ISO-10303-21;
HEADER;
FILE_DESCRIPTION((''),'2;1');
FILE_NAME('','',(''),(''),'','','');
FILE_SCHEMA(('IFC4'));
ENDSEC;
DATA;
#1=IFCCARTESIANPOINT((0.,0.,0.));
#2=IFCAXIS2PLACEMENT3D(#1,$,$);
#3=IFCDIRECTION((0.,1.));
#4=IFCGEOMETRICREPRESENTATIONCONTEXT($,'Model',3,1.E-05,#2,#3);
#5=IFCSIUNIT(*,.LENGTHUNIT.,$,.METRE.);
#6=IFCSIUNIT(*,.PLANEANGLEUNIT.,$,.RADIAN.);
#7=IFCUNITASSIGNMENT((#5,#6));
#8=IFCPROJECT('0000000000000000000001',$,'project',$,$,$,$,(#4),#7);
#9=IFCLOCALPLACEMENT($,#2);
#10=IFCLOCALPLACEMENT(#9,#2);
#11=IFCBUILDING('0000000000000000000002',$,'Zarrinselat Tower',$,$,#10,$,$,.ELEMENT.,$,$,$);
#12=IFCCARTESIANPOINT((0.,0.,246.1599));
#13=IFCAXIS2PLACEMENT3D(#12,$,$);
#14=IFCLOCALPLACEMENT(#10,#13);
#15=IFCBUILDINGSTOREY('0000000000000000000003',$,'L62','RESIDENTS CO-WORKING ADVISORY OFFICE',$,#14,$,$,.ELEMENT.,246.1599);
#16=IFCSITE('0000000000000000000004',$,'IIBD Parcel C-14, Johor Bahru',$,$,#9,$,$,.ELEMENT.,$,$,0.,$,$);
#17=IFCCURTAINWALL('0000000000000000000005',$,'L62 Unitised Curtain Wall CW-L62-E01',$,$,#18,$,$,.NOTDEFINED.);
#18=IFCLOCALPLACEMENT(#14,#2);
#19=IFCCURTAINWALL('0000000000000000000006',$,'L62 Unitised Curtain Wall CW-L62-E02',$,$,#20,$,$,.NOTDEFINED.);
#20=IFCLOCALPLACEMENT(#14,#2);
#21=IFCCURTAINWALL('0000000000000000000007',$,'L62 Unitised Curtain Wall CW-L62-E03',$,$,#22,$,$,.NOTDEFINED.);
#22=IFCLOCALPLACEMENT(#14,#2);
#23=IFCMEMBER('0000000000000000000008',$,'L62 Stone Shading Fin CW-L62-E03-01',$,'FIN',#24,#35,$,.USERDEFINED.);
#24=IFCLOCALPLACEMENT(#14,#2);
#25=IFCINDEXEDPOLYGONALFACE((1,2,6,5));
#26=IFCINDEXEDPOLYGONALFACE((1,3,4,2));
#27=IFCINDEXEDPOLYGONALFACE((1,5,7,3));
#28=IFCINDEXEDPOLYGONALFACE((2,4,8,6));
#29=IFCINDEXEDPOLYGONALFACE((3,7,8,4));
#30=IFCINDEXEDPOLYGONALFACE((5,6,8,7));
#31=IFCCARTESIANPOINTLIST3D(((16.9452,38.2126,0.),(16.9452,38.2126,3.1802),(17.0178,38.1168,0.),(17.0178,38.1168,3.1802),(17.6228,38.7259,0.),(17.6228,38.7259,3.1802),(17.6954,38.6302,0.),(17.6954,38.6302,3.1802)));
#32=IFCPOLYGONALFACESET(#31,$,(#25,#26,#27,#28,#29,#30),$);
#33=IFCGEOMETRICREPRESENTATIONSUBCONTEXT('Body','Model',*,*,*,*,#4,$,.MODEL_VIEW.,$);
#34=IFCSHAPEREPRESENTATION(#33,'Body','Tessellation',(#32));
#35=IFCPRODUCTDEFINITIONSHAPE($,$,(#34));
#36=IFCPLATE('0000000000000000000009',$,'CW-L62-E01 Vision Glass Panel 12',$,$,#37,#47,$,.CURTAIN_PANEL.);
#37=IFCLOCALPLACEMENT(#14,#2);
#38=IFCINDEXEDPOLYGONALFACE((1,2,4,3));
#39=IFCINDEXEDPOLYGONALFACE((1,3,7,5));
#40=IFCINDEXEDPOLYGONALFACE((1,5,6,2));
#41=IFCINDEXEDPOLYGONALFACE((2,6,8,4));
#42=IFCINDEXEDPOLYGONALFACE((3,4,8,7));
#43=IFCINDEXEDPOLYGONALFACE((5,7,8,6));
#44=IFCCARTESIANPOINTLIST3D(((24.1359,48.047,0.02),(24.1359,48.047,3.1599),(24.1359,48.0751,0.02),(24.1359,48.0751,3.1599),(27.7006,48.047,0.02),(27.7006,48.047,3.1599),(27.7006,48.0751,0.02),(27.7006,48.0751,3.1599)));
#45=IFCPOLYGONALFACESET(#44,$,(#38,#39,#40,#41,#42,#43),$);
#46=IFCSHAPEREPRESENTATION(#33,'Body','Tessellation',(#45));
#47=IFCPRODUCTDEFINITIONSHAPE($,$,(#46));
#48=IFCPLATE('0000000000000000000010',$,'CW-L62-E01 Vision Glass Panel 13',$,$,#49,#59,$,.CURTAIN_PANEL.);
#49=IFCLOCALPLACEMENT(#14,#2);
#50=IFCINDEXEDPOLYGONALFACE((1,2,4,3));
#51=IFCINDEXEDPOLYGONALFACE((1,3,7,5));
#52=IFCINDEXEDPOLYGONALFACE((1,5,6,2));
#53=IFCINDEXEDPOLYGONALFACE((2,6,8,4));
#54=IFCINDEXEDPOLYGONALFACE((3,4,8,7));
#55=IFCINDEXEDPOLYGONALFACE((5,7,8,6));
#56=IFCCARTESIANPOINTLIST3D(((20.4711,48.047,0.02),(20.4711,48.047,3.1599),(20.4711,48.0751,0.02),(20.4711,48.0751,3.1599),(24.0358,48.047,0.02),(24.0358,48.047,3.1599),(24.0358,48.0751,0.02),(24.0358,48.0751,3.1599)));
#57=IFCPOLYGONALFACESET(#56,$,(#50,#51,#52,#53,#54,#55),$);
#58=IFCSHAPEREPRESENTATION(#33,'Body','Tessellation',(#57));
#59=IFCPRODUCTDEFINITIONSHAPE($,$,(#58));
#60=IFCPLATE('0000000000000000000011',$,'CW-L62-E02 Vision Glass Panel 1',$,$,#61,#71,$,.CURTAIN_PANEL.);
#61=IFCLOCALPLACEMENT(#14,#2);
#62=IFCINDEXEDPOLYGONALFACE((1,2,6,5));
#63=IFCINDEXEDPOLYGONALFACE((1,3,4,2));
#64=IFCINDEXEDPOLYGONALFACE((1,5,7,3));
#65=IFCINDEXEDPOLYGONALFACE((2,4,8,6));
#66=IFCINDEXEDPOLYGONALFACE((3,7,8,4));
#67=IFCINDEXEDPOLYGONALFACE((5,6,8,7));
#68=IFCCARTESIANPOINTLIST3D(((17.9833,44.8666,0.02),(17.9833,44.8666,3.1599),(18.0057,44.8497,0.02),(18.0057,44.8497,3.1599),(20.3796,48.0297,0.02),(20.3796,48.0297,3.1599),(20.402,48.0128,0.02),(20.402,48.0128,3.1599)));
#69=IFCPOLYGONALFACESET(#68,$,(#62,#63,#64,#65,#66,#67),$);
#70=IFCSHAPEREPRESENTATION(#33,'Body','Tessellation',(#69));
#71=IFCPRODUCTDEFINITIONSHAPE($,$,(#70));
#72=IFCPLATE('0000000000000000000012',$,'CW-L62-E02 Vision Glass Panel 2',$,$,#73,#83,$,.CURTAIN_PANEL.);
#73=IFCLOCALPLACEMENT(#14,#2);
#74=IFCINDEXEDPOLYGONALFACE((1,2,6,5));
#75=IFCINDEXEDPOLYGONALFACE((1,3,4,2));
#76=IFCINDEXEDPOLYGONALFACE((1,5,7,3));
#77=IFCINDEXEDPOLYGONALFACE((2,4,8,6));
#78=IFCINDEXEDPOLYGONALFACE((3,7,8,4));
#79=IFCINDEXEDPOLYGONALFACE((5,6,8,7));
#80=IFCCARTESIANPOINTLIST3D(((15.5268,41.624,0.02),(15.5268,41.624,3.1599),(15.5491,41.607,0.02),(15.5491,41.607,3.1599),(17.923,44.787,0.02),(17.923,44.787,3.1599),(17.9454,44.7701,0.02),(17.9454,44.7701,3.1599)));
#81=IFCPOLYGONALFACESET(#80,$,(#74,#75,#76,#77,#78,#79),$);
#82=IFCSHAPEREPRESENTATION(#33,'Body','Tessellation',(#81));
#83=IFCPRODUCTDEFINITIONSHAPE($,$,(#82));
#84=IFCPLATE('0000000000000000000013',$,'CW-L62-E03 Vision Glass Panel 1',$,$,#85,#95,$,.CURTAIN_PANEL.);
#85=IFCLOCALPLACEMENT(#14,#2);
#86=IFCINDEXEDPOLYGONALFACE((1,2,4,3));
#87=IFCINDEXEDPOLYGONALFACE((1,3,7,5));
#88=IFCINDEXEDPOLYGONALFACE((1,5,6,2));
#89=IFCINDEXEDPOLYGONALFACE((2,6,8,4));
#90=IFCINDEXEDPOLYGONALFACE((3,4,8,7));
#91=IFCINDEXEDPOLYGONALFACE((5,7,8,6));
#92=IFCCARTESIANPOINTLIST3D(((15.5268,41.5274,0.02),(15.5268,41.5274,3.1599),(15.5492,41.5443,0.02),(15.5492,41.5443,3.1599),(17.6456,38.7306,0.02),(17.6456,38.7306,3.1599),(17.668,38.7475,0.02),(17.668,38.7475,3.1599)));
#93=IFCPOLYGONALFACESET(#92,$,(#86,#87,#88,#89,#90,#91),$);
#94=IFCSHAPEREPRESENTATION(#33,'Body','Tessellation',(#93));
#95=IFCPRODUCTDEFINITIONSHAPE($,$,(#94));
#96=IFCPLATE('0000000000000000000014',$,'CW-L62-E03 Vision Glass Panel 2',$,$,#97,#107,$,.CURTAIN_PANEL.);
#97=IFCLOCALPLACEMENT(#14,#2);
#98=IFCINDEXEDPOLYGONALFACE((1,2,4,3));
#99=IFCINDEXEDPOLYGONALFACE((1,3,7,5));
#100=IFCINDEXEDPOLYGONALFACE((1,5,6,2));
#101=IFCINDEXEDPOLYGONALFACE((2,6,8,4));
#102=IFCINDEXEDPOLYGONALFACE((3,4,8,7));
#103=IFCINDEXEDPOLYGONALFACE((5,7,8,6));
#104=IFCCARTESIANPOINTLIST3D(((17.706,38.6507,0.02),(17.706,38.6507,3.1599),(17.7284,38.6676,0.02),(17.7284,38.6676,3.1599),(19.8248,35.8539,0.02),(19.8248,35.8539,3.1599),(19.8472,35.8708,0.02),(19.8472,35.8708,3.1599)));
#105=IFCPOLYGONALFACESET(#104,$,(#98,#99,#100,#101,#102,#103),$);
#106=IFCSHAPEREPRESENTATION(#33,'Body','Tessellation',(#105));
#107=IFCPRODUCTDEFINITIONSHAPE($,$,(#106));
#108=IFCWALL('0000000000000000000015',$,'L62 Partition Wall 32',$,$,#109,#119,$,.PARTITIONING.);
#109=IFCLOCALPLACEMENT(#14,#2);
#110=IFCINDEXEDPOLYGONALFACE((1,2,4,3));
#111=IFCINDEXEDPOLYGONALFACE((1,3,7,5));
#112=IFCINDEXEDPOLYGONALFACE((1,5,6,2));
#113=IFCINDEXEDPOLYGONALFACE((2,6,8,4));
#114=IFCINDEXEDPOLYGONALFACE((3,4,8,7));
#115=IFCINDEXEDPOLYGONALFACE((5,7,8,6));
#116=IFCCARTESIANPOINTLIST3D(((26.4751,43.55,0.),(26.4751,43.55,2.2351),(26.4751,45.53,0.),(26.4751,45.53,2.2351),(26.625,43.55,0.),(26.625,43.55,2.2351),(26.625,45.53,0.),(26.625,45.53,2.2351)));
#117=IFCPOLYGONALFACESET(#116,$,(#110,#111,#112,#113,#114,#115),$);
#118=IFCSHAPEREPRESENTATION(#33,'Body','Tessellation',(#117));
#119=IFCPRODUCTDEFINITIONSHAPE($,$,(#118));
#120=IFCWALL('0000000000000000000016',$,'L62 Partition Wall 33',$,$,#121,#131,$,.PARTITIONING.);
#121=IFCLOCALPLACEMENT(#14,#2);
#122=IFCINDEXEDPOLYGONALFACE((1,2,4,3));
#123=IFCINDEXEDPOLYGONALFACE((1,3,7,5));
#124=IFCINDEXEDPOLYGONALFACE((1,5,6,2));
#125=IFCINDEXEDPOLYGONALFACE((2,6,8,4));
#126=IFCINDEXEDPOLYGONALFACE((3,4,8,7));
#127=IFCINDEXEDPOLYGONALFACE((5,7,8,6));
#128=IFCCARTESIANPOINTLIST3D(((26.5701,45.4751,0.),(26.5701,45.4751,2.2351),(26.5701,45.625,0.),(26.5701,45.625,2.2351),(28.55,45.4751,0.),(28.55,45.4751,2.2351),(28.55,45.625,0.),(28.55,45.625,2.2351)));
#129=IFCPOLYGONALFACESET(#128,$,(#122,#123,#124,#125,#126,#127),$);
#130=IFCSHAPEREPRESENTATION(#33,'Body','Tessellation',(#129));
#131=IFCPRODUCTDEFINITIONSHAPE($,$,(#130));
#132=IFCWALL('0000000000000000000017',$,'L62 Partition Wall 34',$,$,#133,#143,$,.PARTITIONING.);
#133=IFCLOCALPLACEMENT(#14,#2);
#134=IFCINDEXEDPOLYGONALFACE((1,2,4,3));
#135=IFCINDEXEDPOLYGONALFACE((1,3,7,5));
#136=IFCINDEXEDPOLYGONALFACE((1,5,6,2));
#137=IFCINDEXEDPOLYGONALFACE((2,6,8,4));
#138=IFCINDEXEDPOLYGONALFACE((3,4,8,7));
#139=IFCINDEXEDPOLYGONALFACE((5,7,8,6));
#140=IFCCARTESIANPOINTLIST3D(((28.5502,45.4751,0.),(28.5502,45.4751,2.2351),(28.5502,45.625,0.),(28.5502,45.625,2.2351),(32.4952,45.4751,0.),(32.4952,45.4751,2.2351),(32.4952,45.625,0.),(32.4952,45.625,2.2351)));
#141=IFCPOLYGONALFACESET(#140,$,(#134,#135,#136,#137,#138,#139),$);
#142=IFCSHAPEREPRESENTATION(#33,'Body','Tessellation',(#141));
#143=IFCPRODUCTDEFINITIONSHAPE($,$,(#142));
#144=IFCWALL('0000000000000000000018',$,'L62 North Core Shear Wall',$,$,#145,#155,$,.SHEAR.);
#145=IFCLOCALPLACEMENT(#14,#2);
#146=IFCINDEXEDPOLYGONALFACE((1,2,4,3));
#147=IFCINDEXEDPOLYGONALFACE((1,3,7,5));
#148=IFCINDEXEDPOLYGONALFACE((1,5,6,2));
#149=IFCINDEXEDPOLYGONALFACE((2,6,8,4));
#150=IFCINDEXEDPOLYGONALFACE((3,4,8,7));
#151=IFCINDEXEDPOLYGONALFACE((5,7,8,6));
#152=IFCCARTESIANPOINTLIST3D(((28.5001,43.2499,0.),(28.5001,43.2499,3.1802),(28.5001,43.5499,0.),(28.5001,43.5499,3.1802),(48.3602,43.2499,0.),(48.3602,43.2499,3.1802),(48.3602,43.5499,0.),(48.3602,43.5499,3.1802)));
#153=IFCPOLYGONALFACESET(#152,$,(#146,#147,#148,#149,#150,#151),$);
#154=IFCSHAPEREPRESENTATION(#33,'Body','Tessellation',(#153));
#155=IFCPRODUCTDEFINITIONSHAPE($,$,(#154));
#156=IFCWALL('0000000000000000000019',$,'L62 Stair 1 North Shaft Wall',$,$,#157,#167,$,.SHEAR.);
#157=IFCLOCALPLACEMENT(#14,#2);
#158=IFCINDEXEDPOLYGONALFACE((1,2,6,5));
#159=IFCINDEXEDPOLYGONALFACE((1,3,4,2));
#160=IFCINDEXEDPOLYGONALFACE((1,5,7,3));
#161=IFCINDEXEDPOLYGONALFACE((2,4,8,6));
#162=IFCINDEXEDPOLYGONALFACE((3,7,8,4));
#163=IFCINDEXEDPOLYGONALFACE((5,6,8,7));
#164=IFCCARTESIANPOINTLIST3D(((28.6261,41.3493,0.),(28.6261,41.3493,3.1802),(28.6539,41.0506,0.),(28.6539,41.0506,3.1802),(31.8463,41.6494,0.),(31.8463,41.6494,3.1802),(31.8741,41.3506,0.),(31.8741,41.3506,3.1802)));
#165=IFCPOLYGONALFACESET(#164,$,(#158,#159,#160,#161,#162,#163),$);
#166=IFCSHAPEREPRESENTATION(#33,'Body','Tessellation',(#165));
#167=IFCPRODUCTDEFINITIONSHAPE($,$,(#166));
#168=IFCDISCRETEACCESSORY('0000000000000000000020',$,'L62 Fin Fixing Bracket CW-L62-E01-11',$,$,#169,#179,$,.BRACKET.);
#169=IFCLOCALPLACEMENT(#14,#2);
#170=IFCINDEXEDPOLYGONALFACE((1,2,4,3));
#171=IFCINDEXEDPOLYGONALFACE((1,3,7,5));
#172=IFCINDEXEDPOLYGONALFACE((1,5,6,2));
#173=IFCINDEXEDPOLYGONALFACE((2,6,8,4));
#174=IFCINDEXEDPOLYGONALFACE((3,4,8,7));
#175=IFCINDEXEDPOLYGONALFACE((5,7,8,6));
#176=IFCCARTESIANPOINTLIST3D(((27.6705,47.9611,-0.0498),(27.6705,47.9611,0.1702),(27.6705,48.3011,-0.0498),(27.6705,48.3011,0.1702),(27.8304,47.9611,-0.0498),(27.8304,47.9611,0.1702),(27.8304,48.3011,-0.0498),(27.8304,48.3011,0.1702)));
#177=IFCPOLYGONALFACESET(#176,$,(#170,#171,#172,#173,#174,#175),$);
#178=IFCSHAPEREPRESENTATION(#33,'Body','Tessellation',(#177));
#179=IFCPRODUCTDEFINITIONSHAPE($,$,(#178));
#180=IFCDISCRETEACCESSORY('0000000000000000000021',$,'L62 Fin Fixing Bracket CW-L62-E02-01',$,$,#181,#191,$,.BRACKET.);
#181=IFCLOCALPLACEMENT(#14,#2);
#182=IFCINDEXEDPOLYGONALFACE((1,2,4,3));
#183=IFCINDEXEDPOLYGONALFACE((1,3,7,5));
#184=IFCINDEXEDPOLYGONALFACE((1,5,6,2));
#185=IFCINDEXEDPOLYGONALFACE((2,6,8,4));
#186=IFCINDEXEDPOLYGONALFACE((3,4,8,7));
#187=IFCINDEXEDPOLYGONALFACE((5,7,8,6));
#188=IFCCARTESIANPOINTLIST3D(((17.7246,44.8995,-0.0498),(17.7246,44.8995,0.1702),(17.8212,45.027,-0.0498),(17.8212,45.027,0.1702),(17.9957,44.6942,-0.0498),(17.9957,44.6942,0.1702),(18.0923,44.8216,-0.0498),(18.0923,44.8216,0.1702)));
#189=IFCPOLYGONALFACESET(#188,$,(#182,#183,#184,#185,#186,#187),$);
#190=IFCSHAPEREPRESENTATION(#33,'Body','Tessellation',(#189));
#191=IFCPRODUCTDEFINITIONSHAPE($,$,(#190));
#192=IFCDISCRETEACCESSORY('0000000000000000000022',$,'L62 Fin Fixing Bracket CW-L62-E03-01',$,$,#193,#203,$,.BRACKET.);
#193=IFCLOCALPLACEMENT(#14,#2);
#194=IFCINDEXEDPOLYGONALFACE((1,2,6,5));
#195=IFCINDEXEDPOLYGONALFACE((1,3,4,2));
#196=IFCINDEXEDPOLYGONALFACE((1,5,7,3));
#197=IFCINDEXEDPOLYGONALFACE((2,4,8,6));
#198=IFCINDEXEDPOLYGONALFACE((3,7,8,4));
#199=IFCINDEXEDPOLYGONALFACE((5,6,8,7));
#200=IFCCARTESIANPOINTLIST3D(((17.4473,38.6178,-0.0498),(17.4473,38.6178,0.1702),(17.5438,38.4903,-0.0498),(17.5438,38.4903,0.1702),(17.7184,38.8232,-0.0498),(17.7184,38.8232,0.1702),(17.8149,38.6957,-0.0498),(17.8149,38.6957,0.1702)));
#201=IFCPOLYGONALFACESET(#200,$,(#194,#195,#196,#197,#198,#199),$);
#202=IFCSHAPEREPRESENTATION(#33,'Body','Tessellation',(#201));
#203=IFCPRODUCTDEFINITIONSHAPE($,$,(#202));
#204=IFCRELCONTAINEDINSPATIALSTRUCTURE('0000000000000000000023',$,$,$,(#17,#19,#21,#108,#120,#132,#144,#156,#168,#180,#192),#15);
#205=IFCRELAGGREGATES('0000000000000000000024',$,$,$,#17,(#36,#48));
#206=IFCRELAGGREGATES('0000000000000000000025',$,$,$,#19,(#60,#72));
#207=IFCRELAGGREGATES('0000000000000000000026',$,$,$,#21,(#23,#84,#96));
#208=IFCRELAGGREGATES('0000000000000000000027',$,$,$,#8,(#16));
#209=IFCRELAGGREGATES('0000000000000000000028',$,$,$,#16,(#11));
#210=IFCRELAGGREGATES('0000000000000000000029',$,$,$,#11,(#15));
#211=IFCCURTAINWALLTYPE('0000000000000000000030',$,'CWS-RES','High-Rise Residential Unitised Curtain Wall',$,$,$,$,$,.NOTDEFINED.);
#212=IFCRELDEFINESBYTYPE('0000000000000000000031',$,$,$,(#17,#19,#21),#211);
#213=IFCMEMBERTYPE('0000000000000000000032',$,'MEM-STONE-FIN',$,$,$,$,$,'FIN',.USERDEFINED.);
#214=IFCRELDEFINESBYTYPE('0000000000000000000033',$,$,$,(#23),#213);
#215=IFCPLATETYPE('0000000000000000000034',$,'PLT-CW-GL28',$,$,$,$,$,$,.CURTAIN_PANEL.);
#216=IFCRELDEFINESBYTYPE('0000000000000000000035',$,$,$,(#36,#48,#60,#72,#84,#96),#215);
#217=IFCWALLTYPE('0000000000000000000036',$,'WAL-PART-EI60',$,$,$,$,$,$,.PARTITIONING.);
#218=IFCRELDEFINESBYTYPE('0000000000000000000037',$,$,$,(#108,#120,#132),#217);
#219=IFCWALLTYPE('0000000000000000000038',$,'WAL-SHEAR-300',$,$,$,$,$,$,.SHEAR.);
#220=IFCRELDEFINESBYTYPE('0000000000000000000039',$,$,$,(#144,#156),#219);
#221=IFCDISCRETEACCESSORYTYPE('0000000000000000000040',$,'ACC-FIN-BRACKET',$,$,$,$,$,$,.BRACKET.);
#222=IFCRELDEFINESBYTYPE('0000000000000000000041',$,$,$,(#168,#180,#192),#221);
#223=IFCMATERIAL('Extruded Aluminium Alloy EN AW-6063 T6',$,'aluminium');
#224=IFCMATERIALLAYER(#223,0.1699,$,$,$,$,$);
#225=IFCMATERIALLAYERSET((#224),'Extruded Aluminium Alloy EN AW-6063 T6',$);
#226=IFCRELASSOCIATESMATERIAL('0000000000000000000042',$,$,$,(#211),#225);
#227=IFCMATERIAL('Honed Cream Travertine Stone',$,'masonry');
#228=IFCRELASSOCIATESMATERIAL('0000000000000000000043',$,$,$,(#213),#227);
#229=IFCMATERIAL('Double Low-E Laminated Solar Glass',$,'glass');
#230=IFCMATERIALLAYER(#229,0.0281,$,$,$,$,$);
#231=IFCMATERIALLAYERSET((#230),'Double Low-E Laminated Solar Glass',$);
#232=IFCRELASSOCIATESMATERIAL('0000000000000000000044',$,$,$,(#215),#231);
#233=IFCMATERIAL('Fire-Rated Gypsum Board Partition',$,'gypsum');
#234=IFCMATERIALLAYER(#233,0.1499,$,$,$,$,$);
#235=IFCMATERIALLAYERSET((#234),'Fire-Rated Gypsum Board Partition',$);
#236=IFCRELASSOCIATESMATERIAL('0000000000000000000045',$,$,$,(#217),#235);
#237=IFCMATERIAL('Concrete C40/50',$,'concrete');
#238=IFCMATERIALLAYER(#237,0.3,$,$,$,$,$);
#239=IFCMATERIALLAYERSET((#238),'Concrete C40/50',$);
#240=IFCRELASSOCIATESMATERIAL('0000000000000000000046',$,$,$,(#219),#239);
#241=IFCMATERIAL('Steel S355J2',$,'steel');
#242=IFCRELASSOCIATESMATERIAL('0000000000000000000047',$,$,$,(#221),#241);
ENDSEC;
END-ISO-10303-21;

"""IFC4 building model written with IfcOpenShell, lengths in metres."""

from ifc_helpers import new_model, si_unit, direction, frame, frame_2d, origin, origin_2d, place, context, subcontext, project, spatial, rectangle, extrude, material, layer, layer_set, material_profile, profile_set, type_object, element, aggregate, save


model = new_model("IFC4")

# Units and contexts
model_context = context("Model", 3, precision=1e-05, world=origin(), true_north=direction((0.0, 1.0)))
body_context = subcontext(model_context, "Body", "Model", "MODEL_VIEW")
ifc_project = project(units=[si_unit("LENGTHUNIT", "METRE"), si_unit("PLANEANGLEUNIT", "RADIAN")], contexts=[model_context])

# Site, building, storey
site_placement = place(None, origin())
site = spatial("IfcSite", under=ifc_project, at=site_placement, Name="IIBD Parcel C-14, Johor Bahru", CompositionType="ELEMENT", RefElevation=0.0)
building_placement = place(site_placement, origin())
building = spatial("IfcBuilding", under=site, at=building_placement, Name="Zarrinselat Tower", CompositionType="ELEMENT")
storey_placement = place(building_placement, frame((0.0, 0.0, 246.1599)))
storey = spatial("IfcBuildingStorey", under=building, at=storey_placement, Name="L62", Description="RESIDENTS CO-WORKING ADVISORY OFFICE", CompositionType="ELEMENT", Elevation=246.1599)

# Curtain walls
ifc_material_1 = material(Name="Extruded Aluminium Alloy EN AW-6063 T6", Category="aluminium")
ifc_layer_1 = layer(ifc_material_1, 0.1699)
ifc_layer_set_1 = layer_set([ifc_layer_1], Name="Extruded Aluminium Alloy EN AW-6063 T6")
curtain_wall_type = type_object("IfcCurtainWallType", Name="CWS-RES", Description="High-Rise Residential Unitised Curtain Wall", PredefinedType="NOTDEFINED", material=ifc_layer_set_1)
curtain_wall_1_placement = place(storey_placement, origin())
curtain_wall_1 = element("IfcCurtainWall", 1, at=curtain_wall_1_placement, inside=storey, type_object=curtain_wall_type, Name="L62 Unitised Curtain Wall CW-L62-E01", PredefinedType="NOTDEFINED")
curtain_wall_2_placement = place(storey_placement, origin())
curtain_wall_2 = element("IfcCurtainWall", 2, at=curtain_wall_2_placement, inside=storey, type_object=curtain_wall_type, Name="L62 Unitised Curtain Wall CW-L62-E02", PredefinedType="NOTDEFINED")
curtain_wall_3_placement = place(storey_placement, origin())
curtain_wall_3 = element("IfcCurtainWall", 3, at=curtain_wall_3_placement, inside=storey, type_object=curtain_wall_type, Name="L62 Unitised Curtain Wall CW-L62-E03", PredefinedType="NOTDEFINED")

# Member
ifc_material_2 = material(Name="Honed Cream Travertine Stone", Category="masonry")
ifc_material_profile_1 = material_profile(ifc_material_2, rectangle(XDim=0.1201, YDim=0.8501, at=origin_2d()), Name="FIN 850x120")
ifc_profile_set_1 = profile_set([ifc_material_profile_1], Name="Honed Cream Travertine Stone")
member_type_1 = type_object("IfcMemberType", Name="MEM-STONE-FIN", ElementType="FIN", PredefinedType="USERDEFINED", material=ifc_profile_set_1)
member_1_placement = place(storey_placement, frame((17.3203, 38.4214, 0.0), z_axis=(0.0, 0.0, 1.0), x_axis=(-0.603858, 0.797092, 0.0)))
member_1 = element("IfcMember", 4, at=member_1_placement, type_object=member_type_1, Name="L62 Stone Shading Fin CW-L62-E03-01", ObjectType="FIN", PredefinedType="USERDEFINED", context=body_context, shape_type="SweptSolid", body=[
    extrude(rectangle(XDim=0.1201, YDim=0.8501, at=origin_2d()), origin(), (0.0, 0.0, 1.0), 3.1802),
])

# Plates
ifc_material_3 = material(Name="Double Low-E Laminated Solar Glass", Category="glass")
ifc_layer_2 = layer(ifc_material_3, 0.0281)
ifc_layer_set_2 = layer_set([ifc_layer_2], Name="Double Low-E Laminated Solar Glass")
plate_type = type_object("IfcPlateType", Name="PLT-CW-GL28", PredefinedType="CURTAIN_PANEL", material=ifc_layer_set_2)
plate_1_placement = place(storey_placement, frame((25.9182, 48.061, 0.02), z_axis=(0.0, 0.0, 1.0), x_axis=(-1.0, 0.0, 0.0)))
plate_1 = element("IfcPlate", 5, at=plate_1_placement, type_object=plate_type, Name="CW-L62-E01 Vision Glass Panel 12", PredefinedType="CURTAIN_PANEL", context=body_context, shape_type="SweptSolid", body=[
    extrude(rectangle(XDim=3.5647, YDim=0.0281, at=origin_2d()), origin(), (0.0, 0.0, 1.0), 3.1399),
])
plate_2_placement = place(storey_placement, frame((22.2534, 48.061, 0.02), z_axis=(0.0, 0.0, 1.0), x_axis=(-1.0, 0.0, 0.0)))
plate_2 = element("IfcPlate", 6, at=plate_2_placement, type_object=plate_type, Name="CW-L62-E01 Vision Glass Panel 13", PredefinedType="CURTAIN_PANEL", context=body_context, shape_type="SweptSolid", body=[
    extrude(rectangle(XDim=3.5647, YDim=0.0281, at=origin_2d()), origin(), (0.0, 0.0, 1.0), 3.1399),
])
aggregate(curtain_wall_1, [plate_1, plate_2])
plate_3_placement = place(storey_placement, frame((19.1926, 46.4397, 0.02), z_axis=(0.0, 0.0, 1.0), x_axis=(-0.603859, -0.797091, 0.0)))
plate_3 = element("IfcPlate", 7, at=plate_3_placement, type_object=plate_type, Name="CW-L62-E02 Vision Glass Panel 1", PredefinedType="CURTAIN_PANEL", context=body_context, shape_type="SweptSolid", body=[
    extrude(rectangle(XDim=3.9683, YDim=0.0281, at=origin_2d()), origin(), (0.0, 0.0, 1.0), 3.1399),
])
plate_4_placement = place(storey_placement, frame((16.7361, 43.197, 0.02), z_axis=(0.0, 0.0, 1.0), x_axis=(-0.603859, -0.797091, 0.0)))
plate_4 = element("IfcPlate", 8, at=plate_4_placement, type_object=plate_type, Name="CW-L62-E02 Vision Glass Panel 2", PredefinedType="CURTAIN_PANEL", context=body_context, shape_type="SweptSolid", body=[
    extrude(rectangle(XDim=3.9683, YDim=0.0281, at=origin_2d()), origin(), (0.0, 0.0, 1.0), 3.1399),
])
aggregate(curtain_wall_2, [plate_3, plate_4])
plate_5_placement = place(storey_placement, frame((16.5974, 40.1375, 0.02), z_axis=(0.0, 0.0, 1.0), x_axis=(0.603858, -0.797092, 0.0)))
plate_5 = element("IfcPlate", 9, at=plate_5_placement, type_object=plate_type, Name="CW-L62-E03 Vision Glass Panel 1", PredefinedType="CURTAIN_PANEL", context=body_context, shape_type="SweptSolid", body=[
    extrude(rectangle(XDim=3.5088, YDim=0.0281, at=origin_2d()), origin(), (0.0, 0.0, 1.0), 3.1399),
])
plate_6_placement = place(storey_placement, frame((18.7766, 37.2607, 0.02), z_axis=(0.0, 0.0, 1.0), x_axis=(0.603858, -0.797092, 0.0)))
plate_6 = element("IfcPlate", 10, at=plate_6_placement, type_object=plate_type, Name="CW-L62-E03 Vision Glass Panel 2", PredefinedType="CURTAIN_PANEL", context=body_context, shape_type="SweptSolid", body=[
    extrude(rectangle(XDim=3.5088, YDim=0.0281, at=origin_2d()), origin(), (0.0, 0.0, 1.0), 3.1399),
])
aggregate(curtain_wall_3, [member_1, plate_5, plate_6])

# Walls
ifc_material_4 = material(Name="Fire-Rated Gypsum Board Partition", Category="gypsum")
ifc_layer_3 = layer(ifc_material_4, 0.1499)
ifc_layer_set_3 = layer_set([ifc_layer_3], Name="Fire-Rated Gypsum Board Partition")
wall_type_1 = type_object("IfcWallType", Name="WAL-PART-EI60", PredefinedType="PARTITIONING", material=ifc_layer_set_3)
for number, where, z_axis, x_axis, name in (
    (11, (26.55, 43.55, 0.0), (0.0, 0.0, 1.0), (0.0, 1.0, 0.0), "L62 Partition Wall 32"),
    (12, (26.5701, 45.55, 0.0), (0.0, 0.0, 1.0), (1.0, 0.0, 0.0), "L62 Partition Wall 33"),
):
    element("IfcWall", number, at=place(storey_placement, frame(where, z_axis=z_axis, x_axis=x_axis)), inside=storey, type_object=wall_type_1, Name=name, PredefinedType="PARTITIONING", context=body_context, shape_type="SweptSolid", body=[
        extrude(rectangle(XDim=1.98, YDim=0.1499, at=frame_2d((0.99, 0.0))), origin(), (0.0, 0.0, 1.0), 2.2351),
    ])
wall_1_placement = place(storey_placement, frame((28.55, 45.55, 0.0), z_axis=(0.0, 0.0, 1.0), x_axis=(1.0, 0.0, 0.0)))
element("IfcWall", 13, at=wall_1_placement, inside=storey, type_object=wall_type_1, Name="L62 Partition Wall 34", PredefinedType="PARTITIONING", context=body_context, shape_type="SweptSolid", body=[
    extrude(rectangle(XDim=3.9451, YDim=0.1499, at=frame_2d((1.9727, 0.0))), origin(), (0.0, 0.0, 1.0), 2.2351),
])
ifc_material_5 = material(Name="Concrete C40/50", Category="concrete")
ifc_layer_4 = layer(ifc_material_5, 0.3)
ifc_layer_set_4 = layer_set([ifc_layer_4], Name="Concrete C40/50")
wall_type_2 = type_object("IfcWallType", Name="WAL-SHEAR-300", PredefinedType="SHEAR", material=ifc_layer_set_4)
wall_2_placement = place(storey_placement, frame((28.5, 43.3999, 0.0), z_axis=(0.0, 0.0, 1.0), x_axis=(1.0, 0.0, 0.0)))
element("IfcWall", 14, at=wall_2_placement, inside=storey, type_object=wall_type_2, Name="L62 North Core Shear Wall", PredefinedType="SHEAR", context=body_context, shape_type="SweptSolid", body=[
    extrude(rectangle(XDim=19.8601, YDim=0.3, at=frame_2d((9.9302, 0.0))), origin(), (0.0, 0.0, 1.0), 3.1802),
])
wall_3_placement = place(storey_placement, frame((28.6399, 41.2, 0.0), z_axis=(0.0, 0.0, 1.0), x_axis=(0.995687, 0.092775, 0.0)))
element("IfcWall", 15, at=wall_3_placement, inside=storey, type_object=wall_type_2, Name="L62 Stair 1 North Shaft Wall", PredefinedType="SHEAR", context=body_context, shape_type="SweptSolid", body=[
    extrude(rectangle(XDim=3.2341, YDim=0.3, at=frame_2d((1.6172, 0.0))), origin(), (0.0, 0.0, 1.0), 3.1802),
])

# Discrete accessories
ifc_material_6 = material(Name="Steel S355J2", Category="steel")
discrete_accessory_type = type_object("IfcDiscreteAccessoryType", Name="ACC-FIN-BRACKET", PredefinedType="BRACKET", material=ifc_material_6)
for number, where, z_axis, x_axis, name in (
    (16, (27.7505, 48.1311, -0.0498), (0.0, 0.0, 1.0), (0.0, 1.0, 0.0), "L62 Fin Fixing Bracket CW-L62-E01-11"),
    (17, (17.9084, 44.8606, -0.0498), (0.0, 0.0, 1.0), (-0.797091, 0.603859, 0.0), "L62 Fin Fixing Bracket CW-L62-E02-01"),
    (18, (17.6311, 38.6567, -0.0498), (0.0, 0.0, 1.0), (-0.797092, -0.603858, 0.0), "L62 Fin Fixing Bracket CW-L62-E03-01"),
):
    element("IfcDiscreteAccessory", number, at=place(storey_placement, frame(where, z_axis=z_axis, x_axis=x_axis)), inside=storey, type_object=discrete_accessory_type, Name=name, PredefinedType="BRACKET", context=body_context, shape_type="SweptSolid", body=[
        extrude(rectangle(XDim=0.3401, YDim=0.1599, at=origin_2d()), origin(), (0.0, 0.0, 1.0), 0.22),
    ])

save(model, "model.ifc")
